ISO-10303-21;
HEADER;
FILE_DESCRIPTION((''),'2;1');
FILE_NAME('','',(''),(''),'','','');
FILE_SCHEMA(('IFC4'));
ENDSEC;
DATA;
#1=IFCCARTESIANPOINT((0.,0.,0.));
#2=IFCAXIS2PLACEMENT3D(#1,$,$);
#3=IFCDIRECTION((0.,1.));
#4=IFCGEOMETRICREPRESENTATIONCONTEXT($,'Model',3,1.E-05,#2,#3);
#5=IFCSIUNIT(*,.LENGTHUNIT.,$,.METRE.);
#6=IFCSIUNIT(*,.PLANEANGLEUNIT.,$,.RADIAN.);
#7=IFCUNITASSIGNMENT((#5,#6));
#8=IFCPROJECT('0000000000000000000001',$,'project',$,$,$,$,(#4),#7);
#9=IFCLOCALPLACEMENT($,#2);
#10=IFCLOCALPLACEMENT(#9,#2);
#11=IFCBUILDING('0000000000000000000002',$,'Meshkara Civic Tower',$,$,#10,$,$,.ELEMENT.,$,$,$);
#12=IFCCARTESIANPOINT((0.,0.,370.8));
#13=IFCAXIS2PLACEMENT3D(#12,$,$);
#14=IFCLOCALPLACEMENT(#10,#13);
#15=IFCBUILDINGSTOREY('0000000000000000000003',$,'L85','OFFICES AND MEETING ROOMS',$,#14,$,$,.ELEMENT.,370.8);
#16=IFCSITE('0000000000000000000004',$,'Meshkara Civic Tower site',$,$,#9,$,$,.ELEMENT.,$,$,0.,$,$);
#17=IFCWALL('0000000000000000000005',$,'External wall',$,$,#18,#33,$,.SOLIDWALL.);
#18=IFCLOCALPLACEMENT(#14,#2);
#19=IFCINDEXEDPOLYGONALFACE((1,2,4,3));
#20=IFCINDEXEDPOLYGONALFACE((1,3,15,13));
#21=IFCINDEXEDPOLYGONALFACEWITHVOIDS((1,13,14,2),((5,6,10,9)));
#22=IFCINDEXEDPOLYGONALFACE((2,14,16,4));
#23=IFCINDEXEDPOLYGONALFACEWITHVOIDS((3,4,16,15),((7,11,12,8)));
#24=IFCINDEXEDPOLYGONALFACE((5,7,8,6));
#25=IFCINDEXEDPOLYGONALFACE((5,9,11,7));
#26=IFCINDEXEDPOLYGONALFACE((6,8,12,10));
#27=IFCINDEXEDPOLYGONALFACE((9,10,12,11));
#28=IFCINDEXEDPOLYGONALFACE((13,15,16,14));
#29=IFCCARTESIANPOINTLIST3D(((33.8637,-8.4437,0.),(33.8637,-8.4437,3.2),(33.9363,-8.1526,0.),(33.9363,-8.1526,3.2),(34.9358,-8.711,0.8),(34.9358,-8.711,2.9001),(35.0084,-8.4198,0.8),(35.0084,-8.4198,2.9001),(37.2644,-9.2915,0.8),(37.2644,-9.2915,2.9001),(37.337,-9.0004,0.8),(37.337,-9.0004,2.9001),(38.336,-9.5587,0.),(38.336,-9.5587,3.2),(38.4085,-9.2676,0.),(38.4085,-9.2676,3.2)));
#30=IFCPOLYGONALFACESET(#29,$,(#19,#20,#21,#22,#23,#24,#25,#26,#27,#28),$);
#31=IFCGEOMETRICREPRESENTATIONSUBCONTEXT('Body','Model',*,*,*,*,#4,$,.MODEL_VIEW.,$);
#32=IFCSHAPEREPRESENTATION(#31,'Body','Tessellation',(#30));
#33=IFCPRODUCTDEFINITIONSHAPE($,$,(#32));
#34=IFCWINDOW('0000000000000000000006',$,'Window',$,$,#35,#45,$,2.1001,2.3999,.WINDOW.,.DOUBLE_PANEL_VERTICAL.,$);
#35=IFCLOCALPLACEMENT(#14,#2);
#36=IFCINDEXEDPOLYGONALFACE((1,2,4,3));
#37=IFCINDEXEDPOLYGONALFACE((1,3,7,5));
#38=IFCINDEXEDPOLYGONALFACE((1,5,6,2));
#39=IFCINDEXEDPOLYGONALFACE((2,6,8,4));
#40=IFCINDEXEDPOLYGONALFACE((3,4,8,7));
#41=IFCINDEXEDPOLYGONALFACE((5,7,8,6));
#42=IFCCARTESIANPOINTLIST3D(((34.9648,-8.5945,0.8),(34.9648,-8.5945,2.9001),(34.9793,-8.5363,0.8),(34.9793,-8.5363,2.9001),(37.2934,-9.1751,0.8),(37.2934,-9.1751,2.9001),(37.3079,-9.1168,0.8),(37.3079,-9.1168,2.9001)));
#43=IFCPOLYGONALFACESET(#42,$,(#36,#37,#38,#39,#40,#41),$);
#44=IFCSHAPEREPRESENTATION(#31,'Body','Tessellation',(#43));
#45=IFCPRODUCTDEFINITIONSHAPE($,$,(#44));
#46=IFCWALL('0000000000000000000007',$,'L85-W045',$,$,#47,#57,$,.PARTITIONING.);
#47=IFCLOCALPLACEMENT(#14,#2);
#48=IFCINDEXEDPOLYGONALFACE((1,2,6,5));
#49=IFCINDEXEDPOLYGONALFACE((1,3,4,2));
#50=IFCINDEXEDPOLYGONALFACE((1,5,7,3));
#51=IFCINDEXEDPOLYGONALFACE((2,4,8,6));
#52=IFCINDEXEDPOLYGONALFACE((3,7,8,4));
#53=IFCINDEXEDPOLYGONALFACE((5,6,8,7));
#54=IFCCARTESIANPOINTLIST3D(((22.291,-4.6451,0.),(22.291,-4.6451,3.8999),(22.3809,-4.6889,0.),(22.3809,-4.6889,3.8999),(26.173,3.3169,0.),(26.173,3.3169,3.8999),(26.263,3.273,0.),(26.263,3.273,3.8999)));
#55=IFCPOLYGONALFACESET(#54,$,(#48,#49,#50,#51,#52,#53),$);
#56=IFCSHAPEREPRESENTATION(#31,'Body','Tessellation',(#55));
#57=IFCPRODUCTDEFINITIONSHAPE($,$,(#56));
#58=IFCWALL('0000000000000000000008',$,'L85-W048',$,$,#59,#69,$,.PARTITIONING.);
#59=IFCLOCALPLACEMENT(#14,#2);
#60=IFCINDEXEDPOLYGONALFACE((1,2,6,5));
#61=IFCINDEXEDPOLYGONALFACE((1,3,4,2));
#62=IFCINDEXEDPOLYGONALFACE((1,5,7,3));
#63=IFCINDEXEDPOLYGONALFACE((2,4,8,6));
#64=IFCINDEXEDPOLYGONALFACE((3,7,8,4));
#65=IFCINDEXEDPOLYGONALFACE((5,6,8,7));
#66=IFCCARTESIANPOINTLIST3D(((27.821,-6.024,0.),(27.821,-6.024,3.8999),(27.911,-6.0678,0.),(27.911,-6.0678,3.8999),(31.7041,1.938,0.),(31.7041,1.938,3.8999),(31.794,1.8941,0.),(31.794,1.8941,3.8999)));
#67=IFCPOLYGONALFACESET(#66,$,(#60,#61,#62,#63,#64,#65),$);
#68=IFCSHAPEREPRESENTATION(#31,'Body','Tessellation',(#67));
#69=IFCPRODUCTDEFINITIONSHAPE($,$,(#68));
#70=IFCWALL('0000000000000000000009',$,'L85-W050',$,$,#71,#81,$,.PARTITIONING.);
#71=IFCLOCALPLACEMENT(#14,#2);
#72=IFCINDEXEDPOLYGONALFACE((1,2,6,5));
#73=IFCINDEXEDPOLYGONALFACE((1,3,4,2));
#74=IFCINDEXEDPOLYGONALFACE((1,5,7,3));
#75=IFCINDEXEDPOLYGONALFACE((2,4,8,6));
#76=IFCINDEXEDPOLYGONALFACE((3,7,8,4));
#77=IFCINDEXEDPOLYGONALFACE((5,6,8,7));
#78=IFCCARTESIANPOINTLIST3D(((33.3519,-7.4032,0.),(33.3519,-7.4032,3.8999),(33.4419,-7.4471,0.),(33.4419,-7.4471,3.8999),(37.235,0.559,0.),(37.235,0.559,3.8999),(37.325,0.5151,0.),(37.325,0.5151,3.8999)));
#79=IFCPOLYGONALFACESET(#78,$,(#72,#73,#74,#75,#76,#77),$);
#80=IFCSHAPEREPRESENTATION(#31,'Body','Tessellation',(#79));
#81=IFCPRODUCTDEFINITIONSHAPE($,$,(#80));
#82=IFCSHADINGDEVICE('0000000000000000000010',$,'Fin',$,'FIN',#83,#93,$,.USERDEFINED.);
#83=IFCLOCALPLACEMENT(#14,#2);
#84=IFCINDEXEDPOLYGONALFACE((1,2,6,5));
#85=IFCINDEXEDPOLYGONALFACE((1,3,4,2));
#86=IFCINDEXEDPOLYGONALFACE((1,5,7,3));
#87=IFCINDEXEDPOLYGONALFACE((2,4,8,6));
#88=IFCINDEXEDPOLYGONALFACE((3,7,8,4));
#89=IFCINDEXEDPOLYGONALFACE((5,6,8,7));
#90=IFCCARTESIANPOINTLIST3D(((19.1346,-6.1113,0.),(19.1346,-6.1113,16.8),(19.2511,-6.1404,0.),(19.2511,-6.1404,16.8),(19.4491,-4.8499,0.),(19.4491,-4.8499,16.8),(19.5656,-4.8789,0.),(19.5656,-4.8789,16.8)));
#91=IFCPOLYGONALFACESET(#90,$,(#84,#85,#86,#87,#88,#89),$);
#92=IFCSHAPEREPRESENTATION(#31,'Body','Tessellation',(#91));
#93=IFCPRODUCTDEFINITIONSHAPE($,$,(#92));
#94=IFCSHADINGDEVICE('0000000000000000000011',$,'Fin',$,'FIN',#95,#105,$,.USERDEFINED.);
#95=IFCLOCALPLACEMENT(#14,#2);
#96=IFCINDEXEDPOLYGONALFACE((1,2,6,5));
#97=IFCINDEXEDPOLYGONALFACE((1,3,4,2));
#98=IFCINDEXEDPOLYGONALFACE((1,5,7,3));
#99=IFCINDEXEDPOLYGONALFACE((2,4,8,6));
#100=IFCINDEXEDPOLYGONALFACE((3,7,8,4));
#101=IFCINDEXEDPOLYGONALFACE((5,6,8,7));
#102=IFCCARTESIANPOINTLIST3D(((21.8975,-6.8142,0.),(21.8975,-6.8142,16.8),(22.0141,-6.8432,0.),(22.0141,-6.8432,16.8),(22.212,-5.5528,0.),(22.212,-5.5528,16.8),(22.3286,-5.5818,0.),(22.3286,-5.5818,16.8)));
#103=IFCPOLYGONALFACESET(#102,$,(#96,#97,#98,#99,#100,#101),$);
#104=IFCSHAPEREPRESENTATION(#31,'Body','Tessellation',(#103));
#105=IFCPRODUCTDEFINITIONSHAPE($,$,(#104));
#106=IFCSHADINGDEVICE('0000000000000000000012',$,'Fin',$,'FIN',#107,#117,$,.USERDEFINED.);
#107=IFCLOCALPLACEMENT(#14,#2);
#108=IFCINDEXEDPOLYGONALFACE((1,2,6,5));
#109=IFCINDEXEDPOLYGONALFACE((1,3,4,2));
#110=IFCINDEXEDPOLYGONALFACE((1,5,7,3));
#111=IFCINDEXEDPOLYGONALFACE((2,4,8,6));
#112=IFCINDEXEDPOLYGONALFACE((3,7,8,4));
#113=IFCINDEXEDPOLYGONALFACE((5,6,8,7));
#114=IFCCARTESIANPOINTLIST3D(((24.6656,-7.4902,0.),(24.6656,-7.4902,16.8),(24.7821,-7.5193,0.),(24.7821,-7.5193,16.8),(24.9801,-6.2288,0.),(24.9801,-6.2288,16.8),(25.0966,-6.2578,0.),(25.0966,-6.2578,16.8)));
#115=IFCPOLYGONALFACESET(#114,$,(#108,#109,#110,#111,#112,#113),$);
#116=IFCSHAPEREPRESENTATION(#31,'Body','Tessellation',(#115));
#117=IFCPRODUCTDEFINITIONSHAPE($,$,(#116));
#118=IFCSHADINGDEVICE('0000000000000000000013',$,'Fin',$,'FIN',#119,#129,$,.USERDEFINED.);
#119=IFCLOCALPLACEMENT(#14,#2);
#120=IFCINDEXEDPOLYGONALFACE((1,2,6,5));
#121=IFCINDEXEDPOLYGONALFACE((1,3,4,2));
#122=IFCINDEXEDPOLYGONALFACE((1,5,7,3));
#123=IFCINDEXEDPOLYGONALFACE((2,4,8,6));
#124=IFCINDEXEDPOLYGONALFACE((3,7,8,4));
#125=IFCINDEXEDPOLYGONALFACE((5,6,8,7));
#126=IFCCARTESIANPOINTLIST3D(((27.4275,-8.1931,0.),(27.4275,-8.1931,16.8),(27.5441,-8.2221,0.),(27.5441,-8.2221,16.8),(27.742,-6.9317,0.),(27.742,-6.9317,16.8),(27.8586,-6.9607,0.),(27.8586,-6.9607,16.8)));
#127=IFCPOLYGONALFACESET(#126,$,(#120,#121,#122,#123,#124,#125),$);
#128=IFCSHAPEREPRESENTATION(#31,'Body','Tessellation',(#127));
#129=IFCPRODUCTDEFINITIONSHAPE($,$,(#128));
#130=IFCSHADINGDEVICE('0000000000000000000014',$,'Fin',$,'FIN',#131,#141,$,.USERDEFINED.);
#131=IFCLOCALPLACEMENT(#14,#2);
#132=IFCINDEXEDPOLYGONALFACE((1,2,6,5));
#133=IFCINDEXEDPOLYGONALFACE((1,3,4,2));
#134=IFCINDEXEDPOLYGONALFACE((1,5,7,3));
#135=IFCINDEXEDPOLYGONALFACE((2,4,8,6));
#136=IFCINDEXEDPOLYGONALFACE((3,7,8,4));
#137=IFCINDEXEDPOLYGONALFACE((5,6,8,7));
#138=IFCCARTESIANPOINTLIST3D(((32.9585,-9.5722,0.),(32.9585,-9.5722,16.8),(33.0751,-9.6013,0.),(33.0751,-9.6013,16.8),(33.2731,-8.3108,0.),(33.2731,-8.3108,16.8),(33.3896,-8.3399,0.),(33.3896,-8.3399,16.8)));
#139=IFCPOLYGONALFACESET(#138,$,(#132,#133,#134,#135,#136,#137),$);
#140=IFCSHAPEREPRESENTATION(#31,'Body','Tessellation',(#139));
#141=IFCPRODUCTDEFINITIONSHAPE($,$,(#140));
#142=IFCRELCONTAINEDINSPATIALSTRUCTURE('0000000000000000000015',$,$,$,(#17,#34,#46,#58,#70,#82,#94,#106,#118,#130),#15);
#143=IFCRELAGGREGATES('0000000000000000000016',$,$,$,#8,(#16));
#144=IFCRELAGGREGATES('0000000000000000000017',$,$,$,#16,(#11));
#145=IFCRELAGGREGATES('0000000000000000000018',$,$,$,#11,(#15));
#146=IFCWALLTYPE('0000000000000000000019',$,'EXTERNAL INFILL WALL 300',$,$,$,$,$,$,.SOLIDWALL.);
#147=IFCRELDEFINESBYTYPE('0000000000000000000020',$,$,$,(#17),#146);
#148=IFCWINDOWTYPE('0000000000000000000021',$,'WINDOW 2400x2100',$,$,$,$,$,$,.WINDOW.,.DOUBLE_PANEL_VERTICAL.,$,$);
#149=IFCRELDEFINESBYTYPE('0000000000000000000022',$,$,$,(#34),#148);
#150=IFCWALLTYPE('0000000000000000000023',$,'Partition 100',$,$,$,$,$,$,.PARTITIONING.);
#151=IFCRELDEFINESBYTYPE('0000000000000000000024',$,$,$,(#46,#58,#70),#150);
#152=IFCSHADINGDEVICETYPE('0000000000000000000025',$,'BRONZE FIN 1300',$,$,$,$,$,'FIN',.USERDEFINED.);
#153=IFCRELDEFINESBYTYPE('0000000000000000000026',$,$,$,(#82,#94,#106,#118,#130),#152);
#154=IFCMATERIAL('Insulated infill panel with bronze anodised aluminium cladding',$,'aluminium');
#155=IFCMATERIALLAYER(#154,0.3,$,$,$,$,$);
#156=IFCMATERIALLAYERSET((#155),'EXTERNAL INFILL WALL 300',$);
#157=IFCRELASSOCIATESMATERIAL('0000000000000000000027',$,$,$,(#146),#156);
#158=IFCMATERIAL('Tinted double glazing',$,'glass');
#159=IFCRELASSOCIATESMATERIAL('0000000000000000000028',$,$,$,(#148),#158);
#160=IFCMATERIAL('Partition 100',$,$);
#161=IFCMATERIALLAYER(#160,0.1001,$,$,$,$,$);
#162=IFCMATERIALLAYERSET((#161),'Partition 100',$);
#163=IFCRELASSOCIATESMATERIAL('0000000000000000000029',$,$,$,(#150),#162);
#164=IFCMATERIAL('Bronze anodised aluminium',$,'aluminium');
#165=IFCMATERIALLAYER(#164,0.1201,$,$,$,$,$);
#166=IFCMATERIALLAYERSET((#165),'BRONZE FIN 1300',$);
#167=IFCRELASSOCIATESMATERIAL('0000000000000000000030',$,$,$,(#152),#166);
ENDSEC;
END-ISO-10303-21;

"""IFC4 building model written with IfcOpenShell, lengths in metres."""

from ifc_helpers import new_model, si_unit, direction, frame, frame_2d, origin, origin_2d, place, context, subcontext, project, spatial, rectangle, extrude, material, layer, layer_set, type_object, element, fill, save


model = new_model("IFC4")

# Units and contexts
model_context = context("Model", 3, precision=1e-05, world=origin(), true_north=direction((0.0, 1.0)))
body_context = subcontext(model_context, "Body", "Model", "MODEL_VIEW")
ifc_project = project(units=[si_unit("LENGTHUNIT", "METRE"), si_unit("PLANEANGLEUNIT", "RADIAN")], contexts=[model_context])

# Site, building, storey
site_placement = place(None, origin())
site = spatial("IfcSite", under=ifc_project, at=site_placement, Name="Meshkara Civic Tower site", CompositionType="ELEMENT", RefElevation=0.0)
building_placement = place(site_placement, origin())
building = spatial("IfcBuilding", under=site, at=building_placement, Name="Meshkara Civic Tower", CompositionType="ELEMENT")
storey_placement = place(building_placement, frame((0.0, 0.0, 370.8)))
storey = spatial("IfcBuildingStorey", under=building, at=storey_placement, Name="L85", Description="OFFICES AND MEETING ROOMS", CompositionType="ELEMENT", Elevation=370.8)

# Wall, opening, window
ifc_material_1 = material(Name="Insulated infill panel with bronze anodised aluminium cladding", Category="aluminium")
ifc_layer_1 = layer(ifc_material_1, 0.3)
ifc_layer_set_1 = layer_set([ifc_layer_1], Name="EXTERNAL INFILL WALL 300")
wall_type_1 = type_object("IfcWallType", Name="EXTERNAL INFILL WALL 300", PredefinedType="SOLIDWALL", material=ifc_layer_set_1)
ifc_material_2 = material(Name="Tinted double glazing", Category="glass")
window_type = type_object("IfcWindowType", Name="WINDOW 2400x2100", PartitioningType="DOUBLE_PANEL_VERTICAL", PredefinedType="WINDOW", material=ifc_material_2)
wall_1_placement = place(storey_placement, frame((33.8999, -8.2981, 0.0), z_axis=(0.0, 0.0, 1.0), x_axis=(0.970298, -0.241912, 0.0)))
wall_1 = element("IfcWall", 1, at=wall_1_placement, inside=storey, type_object=wall_type_1, Name="External wall", PredefinedType="SOLIDWALL", context=body_context, shape_type="SweptSolid", body=[
    extrude(rectangle(XDim=4.6091, YDim=0.3, at=frame_2d((2.3047, 0.0))), origin(), (0.0, 0.0, 1.0), 3.2),
])
opening_1_placement = place(wall_1_placement, frame((1.105, 0.0, 0.8)))
opening_1 = element("IfcOpeningElement", 2, at=opening_1_placement, cuts=wall_1, PredefinedType="OPENING", context=body_context, shape_type="SweptSolid", body=[
    extrude(rectangle(XDim=2.3999, YDim=2.1001, at=frame_2d((1.2, 1.05))), frame((0.0, 0.1599, 0.0), z_axis=(0.0, -1.0, 0.0), x_axis=(1.0, 0.0, 0.0)), (0.0, 0.0, 1.0), 0.3201),
])
window_1_placement = place(opening_1_placement, origin())
window_1 = element("IfcWindow", 3, at=window_1_placement, inside=storey, type_object=window_type, Name="Window", OverallHeight=2.1001, OverallWidth=2.3999, PartitioningType="DOUBLE_PANEL_VERTICAL", PredefinedType="WINDOW", context=body_context, shape_type="SweptSolid", body=[
    extrude(rectangle(XDim=2.3999, YDim=2.1001, at=frame_2d((1.2, 1.05))), frame((0.0, 0.03, 0.0), z_axis=(0.0, -1.0, 0.0), x_axis=(1.0, 0.0, 0.0)), (0.0, 0.0, 1.0), 0.0601),
])
fill(opening_1, window_1)

# Walls
ifc_material_3 = material(Name="Partition 100")
ifc_layer_2 = layer(ifc_material_3, 0.1001)
ifc_layer_set_2 = layer_set([ifc_layer_2], Name="Partition 100")
wall_type_2 = type_object("IfcWallType", Name="Partition 100", PredefinedType="PARTITIONING", material=ifc_layer_set_2)
wall_2_placement = place(storey_placement, frame((22.3359, -4.667, 0.0), z_axis=(0.0, 0.0, 1.0), x_axis=(0.438261, 0.898848, 0.0)))
element("IfcWall", 4, at=wall_2_placement, inside=storey, type_object=wall_type_2, Name="L85-W045", PredefinedType="PARTITIONING", context=body_context, shape_type="SweptSolid", body=[
    extrude(rectangle(XDim=8.8579, YDim=0.1001, at=frame_2d((4.429, 0.0))), origin(), (0.0, 0.0, 1.0), 3.8999),
])
wall_3_placement = place(storey_placement, frame((27.866, -6.0459, 0.0), z_axis=(0.0, 0.0, 1.0), x_axis=(0.43835, 0.898804, 0.0)))
element("IfcWall", 5, at=wall_3_placement, inside=storey, type_object=wall_type_2, Name="L85-W048", PredefinedType="PARTITIONING", context=body_context, shape_type="SweptSolid", body=[
    extrude(rectangle(XDim=8.8584, YDim=0.1001, at=frame_2d((4.4292, 0.0))), origin(), (0.0, 0.0, 1.0), 3.8999),
])
wall_4_placement = place(storey_placement, frame((33.397, -7.425, 0.0), z_axis=(0.0, 0.0, 1.0), x_axis=(0.438339, 0.898809, 0.0)))
element("IfcWall", 6, at=wall_4_placement, inside=storey, type_object=wall_type_2, Name="L85-W050", PredefinedType="PARTITIONING", context=body_context, shape_type="SweptSolid", body=[
    extrude(rectangle(XDim=8.8586, YDim=0.1001, at=frame_2d((4.4292, 0.0))), origin(), (0.0, 0.0, 1.0), 3.8999),
])

# Shading devices
ifc_material_4 = material(Name="Bronze anodised aluminium", Category="aluminium")
ifc_layer_3 = layer(ifc_material_4, 0.1201)
ifc_layer_set_3 = layer_set([ifc_layer_3], Name="BRONZE FIN 1300")
shading_device_type = type_object("IfcShadingDeviceType", Name="BRONZE FIN 1300", ElementType="FIN", PredefinedType="USERDEFINED", material=ifc_layer_set_3)
for number, where, z_axis, x_axis, name in (
    (7, (19.3501, -5.4951, 0.0), (0.0, 0.0, 1.0), (0.970296, -0.241922, 0.0), "Fin"),
    (8, (22.113, -6.198, 0.0), (0.0, 0.0, 1.0), (0.970296, -0.241922, 0.0), "Fin"),
    (9, (24.8811, -6.874, 0.0), (0.0, 0.0, 1.0), (0.970296, -0.241922, 0.0), "Fin"),
    (10, (27.6431, -7.5769, 0.0), (0.0, 0.0, 1.0), (0.970296, -0.241922, 0.0), "Fin"),
    (11, (33.1741, -8.9561, 0.0), (0.0, 0.0, 1.0), (0.970296, -0.241922, 0.0), "Fin"),
):
    element("IfcShadingDevice", number, at=place(storey_placement, frame(where, z_axis=z_axis, x_axis=x_axis)), inside=storey, type_object=shading_device_type, Name=name, ObjectType="FIN", PredefinedType="USERDEFINED", context=body_context, shape_type="SweptSolid", body=[
        extrude(rectangle(XDim=0.1201, YDim=1.3, at=origin_2d()), origin(), (0.0, 0.0, 1.0), 16.8),
    ])

save(model, "model.ifc")
